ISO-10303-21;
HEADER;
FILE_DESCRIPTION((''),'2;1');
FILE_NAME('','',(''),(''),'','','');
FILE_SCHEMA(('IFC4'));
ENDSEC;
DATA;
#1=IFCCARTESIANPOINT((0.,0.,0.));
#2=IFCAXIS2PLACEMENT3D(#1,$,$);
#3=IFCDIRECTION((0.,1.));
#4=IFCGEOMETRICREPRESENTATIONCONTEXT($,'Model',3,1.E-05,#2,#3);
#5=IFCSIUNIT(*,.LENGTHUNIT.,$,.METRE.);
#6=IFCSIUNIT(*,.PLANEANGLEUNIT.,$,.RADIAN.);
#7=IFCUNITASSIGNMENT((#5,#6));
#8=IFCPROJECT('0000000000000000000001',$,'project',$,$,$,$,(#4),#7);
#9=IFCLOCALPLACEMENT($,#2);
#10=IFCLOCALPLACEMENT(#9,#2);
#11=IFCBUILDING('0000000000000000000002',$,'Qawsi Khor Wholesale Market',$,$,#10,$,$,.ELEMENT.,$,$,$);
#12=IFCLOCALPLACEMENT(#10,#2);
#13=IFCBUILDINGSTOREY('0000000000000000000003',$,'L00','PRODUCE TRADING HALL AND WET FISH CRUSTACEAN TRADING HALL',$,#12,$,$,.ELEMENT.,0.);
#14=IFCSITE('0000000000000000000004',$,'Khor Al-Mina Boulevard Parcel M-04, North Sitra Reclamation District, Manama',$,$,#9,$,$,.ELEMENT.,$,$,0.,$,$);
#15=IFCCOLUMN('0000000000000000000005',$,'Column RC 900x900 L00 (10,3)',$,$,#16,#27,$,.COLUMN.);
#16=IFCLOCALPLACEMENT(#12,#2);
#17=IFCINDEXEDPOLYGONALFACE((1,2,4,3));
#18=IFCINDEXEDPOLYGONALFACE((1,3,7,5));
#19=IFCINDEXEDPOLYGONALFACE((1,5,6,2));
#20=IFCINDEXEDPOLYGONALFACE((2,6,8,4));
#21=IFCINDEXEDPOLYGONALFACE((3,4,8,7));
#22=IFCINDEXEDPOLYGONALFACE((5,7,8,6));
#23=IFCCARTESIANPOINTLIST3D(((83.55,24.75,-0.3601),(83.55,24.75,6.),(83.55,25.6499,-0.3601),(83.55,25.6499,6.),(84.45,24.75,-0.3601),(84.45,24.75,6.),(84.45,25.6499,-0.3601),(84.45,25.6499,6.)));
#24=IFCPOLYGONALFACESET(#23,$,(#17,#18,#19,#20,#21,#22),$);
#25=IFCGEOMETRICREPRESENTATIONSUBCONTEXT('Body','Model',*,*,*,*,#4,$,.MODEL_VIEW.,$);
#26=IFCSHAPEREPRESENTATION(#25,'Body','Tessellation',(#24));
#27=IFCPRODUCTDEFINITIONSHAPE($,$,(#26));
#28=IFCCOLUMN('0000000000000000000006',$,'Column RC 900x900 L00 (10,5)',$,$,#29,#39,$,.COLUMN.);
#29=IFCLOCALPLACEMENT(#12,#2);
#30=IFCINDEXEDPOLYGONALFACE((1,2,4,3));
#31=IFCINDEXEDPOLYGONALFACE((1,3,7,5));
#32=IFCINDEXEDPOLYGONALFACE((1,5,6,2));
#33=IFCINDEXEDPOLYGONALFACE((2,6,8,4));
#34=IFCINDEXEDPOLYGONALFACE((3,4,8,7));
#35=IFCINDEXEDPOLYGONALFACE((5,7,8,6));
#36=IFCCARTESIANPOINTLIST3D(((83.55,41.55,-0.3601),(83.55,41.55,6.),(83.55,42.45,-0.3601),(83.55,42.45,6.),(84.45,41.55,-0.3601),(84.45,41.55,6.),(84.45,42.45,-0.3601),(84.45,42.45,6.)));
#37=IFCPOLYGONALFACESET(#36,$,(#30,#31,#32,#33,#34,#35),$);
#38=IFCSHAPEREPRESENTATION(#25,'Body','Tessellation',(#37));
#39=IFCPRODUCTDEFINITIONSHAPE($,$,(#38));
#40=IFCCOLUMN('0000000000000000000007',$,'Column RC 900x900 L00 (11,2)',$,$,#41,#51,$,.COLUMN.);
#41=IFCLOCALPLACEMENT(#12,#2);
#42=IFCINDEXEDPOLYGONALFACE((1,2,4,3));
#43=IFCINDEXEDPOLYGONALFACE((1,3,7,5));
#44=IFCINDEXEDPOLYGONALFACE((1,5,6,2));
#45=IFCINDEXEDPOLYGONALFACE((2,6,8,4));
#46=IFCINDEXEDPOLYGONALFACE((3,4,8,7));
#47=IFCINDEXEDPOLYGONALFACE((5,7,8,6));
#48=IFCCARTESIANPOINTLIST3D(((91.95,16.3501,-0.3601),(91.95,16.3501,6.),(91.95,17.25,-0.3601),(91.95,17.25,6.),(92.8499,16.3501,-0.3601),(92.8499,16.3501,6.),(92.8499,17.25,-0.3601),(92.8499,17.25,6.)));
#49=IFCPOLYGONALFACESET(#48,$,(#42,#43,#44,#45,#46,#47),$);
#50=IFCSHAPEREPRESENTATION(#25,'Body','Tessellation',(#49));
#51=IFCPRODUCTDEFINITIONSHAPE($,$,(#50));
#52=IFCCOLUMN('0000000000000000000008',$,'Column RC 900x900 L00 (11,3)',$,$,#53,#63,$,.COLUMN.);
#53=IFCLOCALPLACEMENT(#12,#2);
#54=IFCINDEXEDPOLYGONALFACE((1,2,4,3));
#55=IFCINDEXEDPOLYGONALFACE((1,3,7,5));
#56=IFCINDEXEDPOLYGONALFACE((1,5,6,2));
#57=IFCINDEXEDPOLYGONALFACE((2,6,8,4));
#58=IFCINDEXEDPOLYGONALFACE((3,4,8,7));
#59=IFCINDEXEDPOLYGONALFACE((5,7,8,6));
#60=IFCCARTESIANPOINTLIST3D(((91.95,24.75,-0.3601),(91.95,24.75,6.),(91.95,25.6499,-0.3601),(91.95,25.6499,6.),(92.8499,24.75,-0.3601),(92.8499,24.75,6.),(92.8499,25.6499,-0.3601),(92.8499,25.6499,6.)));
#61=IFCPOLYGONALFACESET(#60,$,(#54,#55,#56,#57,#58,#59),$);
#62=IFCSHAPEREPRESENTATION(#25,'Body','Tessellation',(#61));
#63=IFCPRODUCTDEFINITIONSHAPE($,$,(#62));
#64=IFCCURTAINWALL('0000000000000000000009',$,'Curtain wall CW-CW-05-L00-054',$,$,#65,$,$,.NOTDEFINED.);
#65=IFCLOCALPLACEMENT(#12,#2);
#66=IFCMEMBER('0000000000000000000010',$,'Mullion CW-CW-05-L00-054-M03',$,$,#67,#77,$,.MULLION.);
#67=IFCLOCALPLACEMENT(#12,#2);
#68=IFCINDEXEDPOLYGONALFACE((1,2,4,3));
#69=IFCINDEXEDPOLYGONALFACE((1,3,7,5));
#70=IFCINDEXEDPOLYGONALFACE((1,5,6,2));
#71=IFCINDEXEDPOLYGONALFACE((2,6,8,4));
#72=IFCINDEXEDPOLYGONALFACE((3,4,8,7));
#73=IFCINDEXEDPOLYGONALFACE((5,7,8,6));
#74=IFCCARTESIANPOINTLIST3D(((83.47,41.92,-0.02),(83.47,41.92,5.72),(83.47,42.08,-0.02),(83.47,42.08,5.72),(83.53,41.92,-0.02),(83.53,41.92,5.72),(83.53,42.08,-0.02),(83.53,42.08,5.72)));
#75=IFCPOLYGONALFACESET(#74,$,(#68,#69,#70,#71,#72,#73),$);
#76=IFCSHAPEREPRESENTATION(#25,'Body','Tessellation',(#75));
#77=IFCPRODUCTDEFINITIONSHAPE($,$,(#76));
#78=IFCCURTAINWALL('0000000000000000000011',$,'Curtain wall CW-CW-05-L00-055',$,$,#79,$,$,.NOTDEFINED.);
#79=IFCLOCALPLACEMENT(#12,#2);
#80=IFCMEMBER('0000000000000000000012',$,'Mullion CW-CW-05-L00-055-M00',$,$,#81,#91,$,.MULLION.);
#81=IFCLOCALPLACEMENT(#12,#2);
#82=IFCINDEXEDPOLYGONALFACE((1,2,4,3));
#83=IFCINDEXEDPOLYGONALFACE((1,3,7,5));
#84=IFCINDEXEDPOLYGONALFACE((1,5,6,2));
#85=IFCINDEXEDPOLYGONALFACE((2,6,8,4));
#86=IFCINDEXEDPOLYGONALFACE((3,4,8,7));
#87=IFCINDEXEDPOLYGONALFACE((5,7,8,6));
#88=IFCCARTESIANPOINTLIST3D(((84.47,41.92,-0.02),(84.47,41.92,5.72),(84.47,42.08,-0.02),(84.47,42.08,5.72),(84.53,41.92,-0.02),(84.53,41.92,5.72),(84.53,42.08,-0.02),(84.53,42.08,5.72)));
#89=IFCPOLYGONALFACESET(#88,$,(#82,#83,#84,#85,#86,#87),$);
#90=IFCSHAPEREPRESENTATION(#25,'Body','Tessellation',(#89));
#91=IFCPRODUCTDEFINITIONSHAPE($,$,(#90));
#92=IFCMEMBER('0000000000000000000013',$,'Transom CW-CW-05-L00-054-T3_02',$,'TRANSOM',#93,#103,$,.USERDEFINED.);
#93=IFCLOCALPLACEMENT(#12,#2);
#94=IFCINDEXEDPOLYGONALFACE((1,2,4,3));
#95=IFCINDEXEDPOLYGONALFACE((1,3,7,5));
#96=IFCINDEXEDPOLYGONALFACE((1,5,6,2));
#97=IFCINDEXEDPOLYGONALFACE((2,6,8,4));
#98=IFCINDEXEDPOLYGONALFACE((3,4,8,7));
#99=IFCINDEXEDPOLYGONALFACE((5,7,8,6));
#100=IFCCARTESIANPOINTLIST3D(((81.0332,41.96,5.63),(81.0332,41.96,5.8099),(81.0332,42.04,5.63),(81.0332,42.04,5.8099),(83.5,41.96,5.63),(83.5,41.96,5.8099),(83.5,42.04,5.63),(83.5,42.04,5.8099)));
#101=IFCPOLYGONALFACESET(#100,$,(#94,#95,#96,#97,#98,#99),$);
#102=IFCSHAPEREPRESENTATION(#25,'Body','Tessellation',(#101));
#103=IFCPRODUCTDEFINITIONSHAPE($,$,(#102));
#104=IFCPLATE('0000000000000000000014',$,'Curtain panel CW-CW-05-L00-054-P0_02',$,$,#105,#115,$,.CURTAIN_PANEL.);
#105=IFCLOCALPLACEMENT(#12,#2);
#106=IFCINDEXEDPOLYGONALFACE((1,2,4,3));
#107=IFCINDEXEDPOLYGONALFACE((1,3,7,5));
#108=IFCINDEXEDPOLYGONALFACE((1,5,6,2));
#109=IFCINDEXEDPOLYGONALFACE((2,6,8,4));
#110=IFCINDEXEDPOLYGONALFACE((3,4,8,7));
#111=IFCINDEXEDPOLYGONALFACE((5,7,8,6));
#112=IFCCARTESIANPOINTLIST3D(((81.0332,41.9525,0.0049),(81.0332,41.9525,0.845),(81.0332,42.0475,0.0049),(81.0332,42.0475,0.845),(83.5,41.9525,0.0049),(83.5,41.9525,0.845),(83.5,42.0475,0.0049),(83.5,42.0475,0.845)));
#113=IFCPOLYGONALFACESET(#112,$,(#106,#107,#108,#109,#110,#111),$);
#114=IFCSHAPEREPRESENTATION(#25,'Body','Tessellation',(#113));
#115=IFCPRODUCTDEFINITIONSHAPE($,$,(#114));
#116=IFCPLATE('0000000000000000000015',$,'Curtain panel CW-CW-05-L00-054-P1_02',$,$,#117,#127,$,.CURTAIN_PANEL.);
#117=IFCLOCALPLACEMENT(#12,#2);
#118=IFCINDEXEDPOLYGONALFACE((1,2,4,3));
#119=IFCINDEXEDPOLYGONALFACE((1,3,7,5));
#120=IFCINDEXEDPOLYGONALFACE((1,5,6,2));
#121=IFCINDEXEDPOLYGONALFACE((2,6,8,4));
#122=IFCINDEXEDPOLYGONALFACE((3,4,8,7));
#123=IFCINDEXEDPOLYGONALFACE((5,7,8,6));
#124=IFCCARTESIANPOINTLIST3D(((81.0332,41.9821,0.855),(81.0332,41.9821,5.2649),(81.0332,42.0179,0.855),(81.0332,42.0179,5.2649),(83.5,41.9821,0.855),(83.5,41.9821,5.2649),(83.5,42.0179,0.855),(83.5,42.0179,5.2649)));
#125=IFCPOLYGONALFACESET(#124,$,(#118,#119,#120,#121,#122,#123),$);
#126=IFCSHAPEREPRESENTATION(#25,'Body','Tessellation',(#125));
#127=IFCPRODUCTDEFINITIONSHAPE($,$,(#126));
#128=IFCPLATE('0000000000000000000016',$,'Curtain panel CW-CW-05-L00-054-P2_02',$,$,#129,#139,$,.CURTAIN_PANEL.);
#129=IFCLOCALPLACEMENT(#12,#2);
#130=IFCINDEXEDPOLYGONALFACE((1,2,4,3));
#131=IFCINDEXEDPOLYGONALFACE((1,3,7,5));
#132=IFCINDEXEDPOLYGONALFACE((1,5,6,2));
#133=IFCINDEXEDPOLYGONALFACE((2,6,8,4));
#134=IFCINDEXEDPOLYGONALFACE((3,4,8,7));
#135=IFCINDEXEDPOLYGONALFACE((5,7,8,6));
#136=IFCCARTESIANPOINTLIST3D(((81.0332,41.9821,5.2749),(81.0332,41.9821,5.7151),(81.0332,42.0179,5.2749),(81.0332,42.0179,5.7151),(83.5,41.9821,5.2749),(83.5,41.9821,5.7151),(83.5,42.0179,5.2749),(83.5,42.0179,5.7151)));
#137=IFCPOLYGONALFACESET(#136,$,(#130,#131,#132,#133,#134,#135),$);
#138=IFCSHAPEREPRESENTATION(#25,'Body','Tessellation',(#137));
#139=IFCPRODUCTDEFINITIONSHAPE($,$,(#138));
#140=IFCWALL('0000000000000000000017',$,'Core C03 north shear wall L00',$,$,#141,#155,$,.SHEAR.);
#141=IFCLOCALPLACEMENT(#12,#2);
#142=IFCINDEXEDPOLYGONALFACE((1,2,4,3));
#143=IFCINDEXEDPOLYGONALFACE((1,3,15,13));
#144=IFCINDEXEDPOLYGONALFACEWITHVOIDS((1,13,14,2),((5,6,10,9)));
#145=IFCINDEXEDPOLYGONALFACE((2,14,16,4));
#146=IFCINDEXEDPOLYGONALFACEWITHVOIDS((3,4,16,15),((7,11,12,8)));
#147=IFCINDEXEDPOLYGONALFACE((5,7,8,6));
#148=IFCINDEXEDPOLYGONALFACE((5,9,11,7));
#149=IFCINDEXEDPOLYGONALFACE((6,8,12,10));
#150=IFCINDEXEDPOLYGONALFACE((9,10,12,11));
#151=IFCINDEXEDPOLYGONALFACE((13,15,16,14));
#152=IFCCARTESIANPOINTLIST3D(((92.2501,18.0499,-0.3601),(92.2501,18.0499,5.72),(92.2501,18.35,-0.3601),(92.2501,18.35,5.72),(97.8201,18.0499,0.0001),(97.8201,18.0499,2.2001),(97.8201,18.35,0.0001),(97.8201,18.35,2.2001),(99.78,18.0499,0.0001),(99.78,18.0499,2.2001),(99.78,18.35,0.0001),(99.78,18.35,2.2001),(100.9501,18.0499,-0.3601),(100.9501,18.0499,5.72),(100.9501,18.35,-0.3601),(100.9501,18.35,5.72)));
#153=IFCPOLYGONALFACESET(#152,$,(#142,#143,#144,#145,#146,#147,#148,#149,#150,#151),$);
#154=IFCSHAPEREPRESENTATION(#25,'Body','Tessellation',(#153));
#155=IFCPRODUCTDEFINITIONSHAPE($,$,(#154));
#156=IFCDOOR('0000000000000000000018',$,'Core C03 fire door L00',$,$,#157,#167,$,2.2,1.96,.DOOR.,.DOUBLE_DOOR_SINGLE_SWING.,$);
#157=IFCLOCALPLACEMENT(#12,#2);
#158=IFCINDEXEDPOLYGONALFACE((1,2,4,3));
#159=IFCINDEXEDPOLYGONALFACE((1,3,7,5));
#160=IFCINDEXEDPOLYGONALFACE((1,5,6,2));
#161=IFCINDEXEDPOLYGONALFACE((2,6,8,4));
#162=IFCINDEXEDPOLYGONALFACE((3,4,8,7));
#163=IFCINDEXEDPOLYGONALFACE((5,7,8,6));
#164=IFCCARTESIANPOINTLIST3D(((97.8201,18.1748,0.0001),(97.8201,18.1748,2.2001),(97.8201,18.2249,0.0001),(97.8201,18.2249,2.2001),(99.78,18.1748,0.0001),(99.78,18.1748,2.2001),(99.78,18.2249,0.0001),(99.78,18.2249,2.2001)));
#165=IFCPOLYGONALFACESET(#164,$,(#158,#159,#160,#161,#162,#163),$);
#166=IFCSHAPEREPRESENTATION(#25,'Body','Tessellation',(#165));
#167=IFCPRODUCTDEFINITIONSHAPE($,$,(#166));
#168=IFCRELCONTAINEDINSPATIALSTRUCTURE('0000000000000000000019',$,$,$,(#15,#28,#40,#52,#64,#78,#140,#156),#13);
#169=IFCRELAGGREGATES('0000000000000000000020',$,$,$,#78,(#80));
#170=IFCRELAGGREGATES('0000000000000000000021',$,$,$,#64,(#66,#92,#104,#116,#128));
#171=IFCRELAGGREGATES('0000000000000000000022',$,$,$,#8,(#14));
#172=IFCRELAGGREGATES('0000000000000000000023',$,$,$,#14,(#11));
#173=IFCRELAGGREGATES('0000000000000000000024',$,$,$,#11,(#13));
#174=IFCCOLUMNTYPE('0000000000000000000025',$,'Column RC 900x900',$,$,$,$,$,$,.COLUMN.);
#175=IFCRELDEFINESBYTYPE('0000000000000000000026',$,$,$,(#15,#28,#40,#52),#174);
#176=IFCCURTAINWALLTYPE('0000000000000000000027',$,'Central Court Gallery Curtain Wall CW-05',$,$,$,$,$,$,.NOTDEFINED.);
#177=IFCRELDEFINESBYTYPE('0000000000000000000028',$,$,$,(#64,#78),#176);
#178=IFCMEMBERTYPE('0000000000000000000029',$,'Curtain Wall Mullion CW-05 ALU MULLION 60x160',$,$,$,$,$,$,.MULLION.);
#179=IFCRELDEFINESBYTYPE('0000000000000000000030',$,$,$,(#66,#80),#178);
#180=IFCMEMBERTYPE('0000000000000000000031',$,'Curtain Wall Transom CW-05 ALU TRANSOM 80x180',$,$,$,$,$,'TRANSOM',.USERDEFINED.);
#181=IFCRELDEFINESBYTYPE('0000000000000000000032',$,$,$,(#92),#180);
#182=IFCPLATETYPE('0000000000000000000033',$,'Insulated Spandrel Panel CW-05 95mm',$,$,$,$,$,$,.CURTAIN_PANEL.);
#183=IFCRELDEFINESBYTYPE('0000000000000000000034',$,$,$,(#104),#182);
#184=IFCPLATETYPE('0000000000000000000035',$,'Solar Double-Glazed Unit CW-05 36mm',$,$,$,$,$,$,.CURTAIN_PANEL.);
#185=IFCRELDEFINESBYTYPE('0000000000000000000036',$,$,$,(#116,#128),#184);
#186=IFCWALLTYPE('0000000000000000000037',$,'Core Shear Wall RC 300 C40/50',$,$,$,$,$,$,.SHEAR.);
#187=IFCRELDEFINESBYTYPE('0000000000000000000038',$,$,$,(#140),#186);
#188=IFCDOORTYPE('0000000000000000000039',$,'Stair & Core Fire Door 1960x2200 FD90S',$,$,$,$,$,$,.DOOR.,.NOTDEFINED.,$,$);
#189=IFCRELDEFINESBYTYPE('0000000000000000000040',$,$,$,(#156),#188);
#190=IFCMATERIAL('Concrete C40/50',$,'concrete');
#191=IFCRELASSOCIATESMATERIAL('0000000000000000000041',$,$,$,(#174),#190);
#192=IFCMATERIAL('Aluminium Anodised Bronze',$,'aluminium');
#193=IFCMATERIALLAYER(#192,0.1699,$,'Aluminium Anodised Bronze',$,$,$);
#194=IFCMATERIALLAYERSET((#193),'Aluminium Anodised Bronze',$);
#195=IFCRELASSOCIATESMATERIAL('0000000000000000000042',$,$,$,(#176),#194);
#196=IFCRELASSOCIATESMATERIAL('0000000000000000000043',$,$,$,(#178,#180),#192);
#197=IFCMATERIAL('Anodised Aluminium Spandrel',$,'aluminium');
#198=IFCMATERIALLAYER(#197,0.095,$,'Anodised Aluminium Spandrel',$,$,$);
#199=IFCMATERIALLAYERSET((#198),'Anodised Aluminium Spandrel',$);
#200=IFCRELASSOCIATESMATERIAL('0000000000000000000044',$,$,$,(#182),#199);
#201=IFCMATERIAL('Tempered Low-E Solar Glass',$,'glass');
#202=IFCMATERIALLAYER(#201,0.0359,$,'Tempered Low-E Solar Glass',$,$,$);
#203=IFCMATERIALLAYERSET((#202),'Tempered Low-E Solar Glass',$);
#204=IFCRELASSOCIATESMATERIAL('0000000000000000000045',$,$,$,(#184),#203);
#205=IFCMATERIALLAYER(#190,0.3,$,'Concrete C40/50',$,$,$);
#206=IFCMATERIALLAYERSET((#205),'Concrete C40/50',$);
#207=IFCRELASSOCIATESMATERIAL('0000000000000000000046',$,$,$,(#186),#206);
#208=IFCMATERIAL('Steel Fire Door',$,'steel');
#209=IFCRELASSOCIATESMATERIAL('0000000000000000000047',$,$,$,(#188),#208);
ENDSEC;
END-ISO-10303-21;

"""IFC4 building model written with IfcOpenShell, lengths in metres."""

from ifc_helpers import new_model, si_unit, direction, frame, frame_2d, origin, origin_2d, place, context, subcontext, project, spatial, rectangle, extrude, material, layer, layer_set, material_profile, profile_set, type_object, element, fill, aggregate, save


model = new_model("IFC4")

# Units and contexts
model_context = context("Model", 3, precision=1e-05, world=origin(), true_north=direction((0.0, 1.0)))
body_context = subcontext(model_context, "Body", "Model", "MODEL_VIEW")
ifc_project = project(units=[si_unit("LENGTHUNIT", "METRE"), si_unit("PLANEANGLEUNIT", "RADIAN")], contexts=[model_context])

# Site, building, storey
site_placement = place(None, origin())
site = spatial("IfcSite", under=ifc_project, at=site_placement, Name="Khor Al-Mina Boulevard Parcel M-04, North Sitra Reclamation District, Manama", CompositionType="ELEMENT", RefElevation=0.0)
building_placement = place(site_placement, origin())
building = spatial("IfcBuilding", under=site, at=building_placement, Name="Qawsi Khor Wholesale Market", CompositionType="ELEMENT")
storey_placement = place(building_placement, origin())
storey = spatial("IfcBuildingStorey", under=building, at=storey_placement, Name="L00", Description="PRODUCE TRADING HALL AND WET FISH CRUSTACEAN TRADING HALL", CompositionType="ELEMENT", Elevation=0.0)

# Columns
ifc_material_1 = material(Name="Concrete C40/50", Category="concrete")
ifc_material_profile_1 = material_profile(ifc_material_1, rectangle(XDim=0.8999, YDim=0.8999, at=origin_2d()), Name="RC 900x900")
ifc_profile_set_1 = profile_set([ifc_material_profile_1], Name="Concrete C40/50")
column_type = type_object("IfcColumnType", Name="Column RC 900x900", PredefinedType="COLUMN", material=ifc_profile_set_1)
for number, where, z_axis, x_axis, name in (
    (1, (84.0, 25.2, -0.3601), (0.0, 0.0, 1.0), (1.0, 0.0, 0.0), "Column RC 900x900 L00 (10,3)"),
    (2, (84.0, 42.0, -0.3601), (0.0, 0.0, 1.0), (1.0, 0.0, 0.0), "Column RC 900x900 L00 (10,5)"),
    (3, (92.3999, 16.8, -0.3601), (0.0, 0.0, 1.0), (1.0, 0.0, 0.0), "Column RC 900x900 L00 (11,2)"),
    (4, (92.3999, 25.2, -0.3601), (0.0, 0.0, 1.0), (1.0, 0.0, 0.0), "Column RC 900x900 L00 (11,3)"),
):
    element("IfcColumn", number, at=place(storey_placement, frame(where, z_axis=z_axis, x_axis=x_axis)), inside=storey, type_object=column_type, Name=name, PredefinedType="COLUMN", context=body_context, shape_type="SweptSolid", body=[
        extrude(rectangle(XDim=0.8999, YDim=0.8999, at=origin_2d()), origin(), (0.0, 0.0, 1.0), 6.3601),
    ])

# Curtain walls, members
ifc_material_2 = material(Name="Aluminium Anodised Bronze", Category="aluminium")
ifc_layer_1 = layer(ifc_material_2, 0.1699, Name="Aluminium Anodised Bronze")
ifc_layer_set_1 = layer_set([ifc_layer_1], Name="Aluminium Anodised Bronze")
curtain_wall_type = type_object("IfcCurtainWallType", Name="Central Court Gallery Curtain Wall CW-05", PredefinedType="NOTDEFINED", material=ifc_layer_set_1)
curtain_wall_1_placement = place(storey_placement, origin())
curtain_wall_1 = element("IfcCurtainWall", 5, at=curtain_wall_1_placement, inside=storey, type_object=curtain_wall_type, Name="Curtain wall CW-CW-05-L00-054", PredefinedType="NOTDEFINED")
ifc_material_profile_2 = material_profile(ifc_material_2, rectangle(XDim=0.0601, YDim=0.1599, at=origin_2d()), Name="ALU MULLION 60x160")
ifc_profile_set_2 = profile_set([ifc_material_profile_2], Name="Aluminium Anodised Bronze")
member_type_1 = type_object("IfcMemberType", Name="Curtain Wall Mullion CW-05 ALU MULLION 60x160", PredefinedType="MULLION", material=ifc_profile_set_2)
member_1_placement = place(storey_placement, frame((83.5, 42.0, -0.02), z_axis=(0.0, 0.0, 1.0), x_axis=(1.0, 0.0, 0.0)))
member_1 = element("IfcMember", 6, at=member_1_placement, type_object=member_type_1, Name="Mullion CW-CW-05-L00-054-M03", PredefinedType="MULLION", context=body_context, shape_type="SweptSolid", body=[
    extrude(rectangle(XDim=0.0601, YDim=0.1599, at=origin_2d()), origin(), (0.0, 0.0, 1.0), 5.74),
])
curtain_wall_2_placement = place(storey_placement, origin())
curtain_wall_2 = element("IfcCurtainWall", 7, at=curtain_wall_2_placement, inside=storey, type_object=curtain_wall_type, Name="Curtain wall CW-CW-05-L00-055", PredefinedType="NOTDEFINED")
member_2_placement = place(storey_placement, frame((84.5, 42.0, -0.02), z_axis=(0.0, 0.0, 1.0), x_axis=(1.0, 0.0, 0.0)))
member_2 = element("IfcMember", 8, at=member_2_placement, type_object=member_type_1, Name="Mullion CW-CW-05-L00-055-M00", PredefinedType="MULLION", context=body_context, shape_type="SweptSolid", body=[
    extrude(rectangle(XDim=0.0601, YDim=0.1599, at=origin_2d()), origin(), (0.0, 0.0, 1.0), 5.74),
])
aggregate(curtain_wall_2, [member_2])

# Member
ifc_material_profile_3 = material_profile(ifc_material_2, rectangle(XDim=0.0801, YDim=0.1799, at=origin_2d()), Name="ALU TRANSOM 80x180")
ifc_profile_set_3 = profile_set([ifc_material_profile_3], Name="Aluminium Anodised Bronze")
member_type_2 = type_object("IfcMemberType", Name="Curtain Wall Transom CW-05 ALU TRANSOM 80x180", ElementType="TRANSOM", PredefinedType="USERDEFINED", material=ifc_profile_set_3)
member_3_placement = place(storey_placement, frame((81.0332, 42.0, 5.72), z_axis=(1.0, 0.0, 0.0), x_axis=(0.0, 1.0, 0.0)))
member_3 = element("IfcMember", 9, at=member_3_placement, type_object=member_type_2, Name="Transom CW-CW-05-L00-054-T3_02", ObjectType="TRANSOM", PredefinedType="USERDEFINED", context=body_context, shape_type="SweptSolid", body=[
    extrude(rectangle(XDim=0.0801, YDim=0.1799, at=origin_2d()), origin(), (0.0, 0.0, 1.0), 2.4668),
])

# Plates
ifc_material_3 = material(Name="Anodised Aluminium Spandrel", Category="aluminium")
ifc_layer_2 = layer(ifc_material_3, 0.095, Name="Anodised Aluminium Spandrel")
ifc_layer_set_2 = layer_set([ifc_layer_2], Name="Anodised Aluminium Spandrel")
plate_type_1 = type_object("IfcPlateType", Name="Insulated Spandrel Panel CW-05 95mm", PredefinedType="CURTAIN_PANEL", material=ifc_layer_set_2)
plate_1_placement = place(storey_placement, frame((81.0332, 42.0, 0.0049), z_axis=(0.0, 0.0, 1.0), x_axis=(1.0, 0.0, 0.0)))
plate_1 = element("IfcPlate", 10, at=plate_1_placement, type_object=plate_type_1, Name="Curtain panel CW-CW-05-L00-054-P0_02", PredefinedType="CURTAIN_PANEL", context=body_context, shape_type="SweptSolid", body=[
    extrude(rectangle(XDim=2.4668, YDim=0.095, at=frame_2d((1.2334, 0.0))), origin(), (0.0, 0.0, 1.0), 0.8401),
])
ifc_material_4 = material(Name="Tempered Low-E Solar Glass", Category="glass")
ifc_layer_3 = layer(ifc_material_4, 0.0359, Name="Tempered Low-E Solar Glass")
ifc_layer_set_3 = layer_set([ifc_layer_3], Name="Tempered Low-E Solar Glass")
plate_type_2 = type_object("IfcPlateType", Name="Solar Double-Glazed Unit CW-05 36mm", PredefinedType="CURTAIN_PANEL", material=ifc_layer_set_3)
plate_2_placement = place(storey_placement, frame((81.0332, 42.0, 0.855), z_axis=(0.0, 0.0, 1.0), x_axis=(1.0, 0.0, 0.0)))
plate_2 = element("IfcPlate", 11, at=plate_2_placement, type_object=plate_type_2, Name="Curtain panel CW-CW-05-L00-054-P1_02", PredefinedType="CURTAIN_PANEL", context=body_context, shape_type="SweptSolid", body=[
    extrude(rectangle(XDim=2.4668, YDim=0.0359, at=frame_2d((1.2334, 0.0))), origin(), (0.0, 0.0, 1.0), 4.4099),
])
plate_3_placement = place(storey_placement, frame((81.0332, 42.0, 5.2749), z_axis=(0.0, 0.0, 1.0), x_axis=(1.0, 0.0, 0.0)))
plate_3 = element("IfcPlate", 12, at=plate_3_placement, type_object=plate_type_2, Name="Curtain panel CW-CW-05-L00-054-P2_02", PredefinedType="CURTAIN_PANEL", context=body_context, shape_type="SweptSolid", body=[
    extrude(rectangle(XDim=2.4668, YDim=0.0359, at=frame_2d((1.2334, 0.0))), origin(), (0.0, 0.0, 1.0), 0.4402),
])
aggregate(curtain_wall_1, [member_1, member_3, plate_1, plate_2, plate_3])

# Wall, opening, door
ifc_layer_4 = layer(ifc_material_1, 0.3, Name="Concrete C40/50")
ifc_layer_set_4 = layer_set([ifc_layer_4], Name="Concrete C40/50")
wall_type_1 = type_object("IfcWallType", Name="Core Shear Wall RC 300 C40/50", PredefinedType="SHEAR", material=ifc_layer_set_4)
wall_1_placement = place(storey_placement, frame((92.25, 18.2, -0.3601), z_axis=(0.0, 0.0, 1.0), x_axis=(1.0, 0.0, 0.0)))
wall_1 = element("IfcWall", 13, at=wall_1_placement, inside=storey, type_object=wall_type_1, Name="Core C03 north shear wall L00", PredefinedType="SHEAR", context=body_context, shape_type="SweptSolid", body=[
    extrude(rectangle(XDim=8.7, YDim=0.3, at=frame_2d((4.3501, 0.0))), origin(), (0.0, 0.0, 1.0), 6.0801),
])
opening_1_placement = place(wall_1_placement, frame((5.5701, 0.0, 0.3601)))
opening_1 = element("IfcOpeningElement", 14, at=opening_1_placement, cuts=wall_1, PredefinedType="OPENING", context=body_context, shape_type="SweptSolid", body=[
    extrude(rectangle(XDim=1.96, YDim=2.2, at=frame_2d((0.98, 1.1001))), frame((0.0, 0.1599, 0.0), z_axis=(0.0, -1.0, 0.0), x_axis=(1.0, 0.0, 0.0)), (0.0, 0.0, 1.0), 0.3201),
])
ifc_material_5 = material(Name="Steel Fire Door", Category="steel")
door_type_1 = type_object("IfcDoorType", Name="Stair & Core Fire Door 1960x2200 FD90S", OperationType="NOTDEFINED", PredefinedType="DOOR", material=ifc_material_5)
door_1_placement = place(opening_1_placement, origin())
door_1 = element("IfcDoor", 15, at=door_1_placement, inside=storey, type_object=door_type_1, Name="Core C03 fire door L00", OperationType="DOUBLE_DOOR_SINGLE_SWING", OverallHeight=2.2, OverallWidth=1.96, PredefinedType="DOOR", context=body_context, shape_type="SweptSolid", body=[
    extrude(rectangle(XDim=1.96, YDim=2.2, at=frame_2d((0.98, 1.1001))), frame((0.0, 0.0249, 0.0), z_axis=(0.0, -1.0, 0.0), x_axis=(1.0, 0.0, 0.0)), (0.0, 0.0, 1.0), 0.05),
])
fill(opening_1, door_1)

save(model, "model.ifc")
